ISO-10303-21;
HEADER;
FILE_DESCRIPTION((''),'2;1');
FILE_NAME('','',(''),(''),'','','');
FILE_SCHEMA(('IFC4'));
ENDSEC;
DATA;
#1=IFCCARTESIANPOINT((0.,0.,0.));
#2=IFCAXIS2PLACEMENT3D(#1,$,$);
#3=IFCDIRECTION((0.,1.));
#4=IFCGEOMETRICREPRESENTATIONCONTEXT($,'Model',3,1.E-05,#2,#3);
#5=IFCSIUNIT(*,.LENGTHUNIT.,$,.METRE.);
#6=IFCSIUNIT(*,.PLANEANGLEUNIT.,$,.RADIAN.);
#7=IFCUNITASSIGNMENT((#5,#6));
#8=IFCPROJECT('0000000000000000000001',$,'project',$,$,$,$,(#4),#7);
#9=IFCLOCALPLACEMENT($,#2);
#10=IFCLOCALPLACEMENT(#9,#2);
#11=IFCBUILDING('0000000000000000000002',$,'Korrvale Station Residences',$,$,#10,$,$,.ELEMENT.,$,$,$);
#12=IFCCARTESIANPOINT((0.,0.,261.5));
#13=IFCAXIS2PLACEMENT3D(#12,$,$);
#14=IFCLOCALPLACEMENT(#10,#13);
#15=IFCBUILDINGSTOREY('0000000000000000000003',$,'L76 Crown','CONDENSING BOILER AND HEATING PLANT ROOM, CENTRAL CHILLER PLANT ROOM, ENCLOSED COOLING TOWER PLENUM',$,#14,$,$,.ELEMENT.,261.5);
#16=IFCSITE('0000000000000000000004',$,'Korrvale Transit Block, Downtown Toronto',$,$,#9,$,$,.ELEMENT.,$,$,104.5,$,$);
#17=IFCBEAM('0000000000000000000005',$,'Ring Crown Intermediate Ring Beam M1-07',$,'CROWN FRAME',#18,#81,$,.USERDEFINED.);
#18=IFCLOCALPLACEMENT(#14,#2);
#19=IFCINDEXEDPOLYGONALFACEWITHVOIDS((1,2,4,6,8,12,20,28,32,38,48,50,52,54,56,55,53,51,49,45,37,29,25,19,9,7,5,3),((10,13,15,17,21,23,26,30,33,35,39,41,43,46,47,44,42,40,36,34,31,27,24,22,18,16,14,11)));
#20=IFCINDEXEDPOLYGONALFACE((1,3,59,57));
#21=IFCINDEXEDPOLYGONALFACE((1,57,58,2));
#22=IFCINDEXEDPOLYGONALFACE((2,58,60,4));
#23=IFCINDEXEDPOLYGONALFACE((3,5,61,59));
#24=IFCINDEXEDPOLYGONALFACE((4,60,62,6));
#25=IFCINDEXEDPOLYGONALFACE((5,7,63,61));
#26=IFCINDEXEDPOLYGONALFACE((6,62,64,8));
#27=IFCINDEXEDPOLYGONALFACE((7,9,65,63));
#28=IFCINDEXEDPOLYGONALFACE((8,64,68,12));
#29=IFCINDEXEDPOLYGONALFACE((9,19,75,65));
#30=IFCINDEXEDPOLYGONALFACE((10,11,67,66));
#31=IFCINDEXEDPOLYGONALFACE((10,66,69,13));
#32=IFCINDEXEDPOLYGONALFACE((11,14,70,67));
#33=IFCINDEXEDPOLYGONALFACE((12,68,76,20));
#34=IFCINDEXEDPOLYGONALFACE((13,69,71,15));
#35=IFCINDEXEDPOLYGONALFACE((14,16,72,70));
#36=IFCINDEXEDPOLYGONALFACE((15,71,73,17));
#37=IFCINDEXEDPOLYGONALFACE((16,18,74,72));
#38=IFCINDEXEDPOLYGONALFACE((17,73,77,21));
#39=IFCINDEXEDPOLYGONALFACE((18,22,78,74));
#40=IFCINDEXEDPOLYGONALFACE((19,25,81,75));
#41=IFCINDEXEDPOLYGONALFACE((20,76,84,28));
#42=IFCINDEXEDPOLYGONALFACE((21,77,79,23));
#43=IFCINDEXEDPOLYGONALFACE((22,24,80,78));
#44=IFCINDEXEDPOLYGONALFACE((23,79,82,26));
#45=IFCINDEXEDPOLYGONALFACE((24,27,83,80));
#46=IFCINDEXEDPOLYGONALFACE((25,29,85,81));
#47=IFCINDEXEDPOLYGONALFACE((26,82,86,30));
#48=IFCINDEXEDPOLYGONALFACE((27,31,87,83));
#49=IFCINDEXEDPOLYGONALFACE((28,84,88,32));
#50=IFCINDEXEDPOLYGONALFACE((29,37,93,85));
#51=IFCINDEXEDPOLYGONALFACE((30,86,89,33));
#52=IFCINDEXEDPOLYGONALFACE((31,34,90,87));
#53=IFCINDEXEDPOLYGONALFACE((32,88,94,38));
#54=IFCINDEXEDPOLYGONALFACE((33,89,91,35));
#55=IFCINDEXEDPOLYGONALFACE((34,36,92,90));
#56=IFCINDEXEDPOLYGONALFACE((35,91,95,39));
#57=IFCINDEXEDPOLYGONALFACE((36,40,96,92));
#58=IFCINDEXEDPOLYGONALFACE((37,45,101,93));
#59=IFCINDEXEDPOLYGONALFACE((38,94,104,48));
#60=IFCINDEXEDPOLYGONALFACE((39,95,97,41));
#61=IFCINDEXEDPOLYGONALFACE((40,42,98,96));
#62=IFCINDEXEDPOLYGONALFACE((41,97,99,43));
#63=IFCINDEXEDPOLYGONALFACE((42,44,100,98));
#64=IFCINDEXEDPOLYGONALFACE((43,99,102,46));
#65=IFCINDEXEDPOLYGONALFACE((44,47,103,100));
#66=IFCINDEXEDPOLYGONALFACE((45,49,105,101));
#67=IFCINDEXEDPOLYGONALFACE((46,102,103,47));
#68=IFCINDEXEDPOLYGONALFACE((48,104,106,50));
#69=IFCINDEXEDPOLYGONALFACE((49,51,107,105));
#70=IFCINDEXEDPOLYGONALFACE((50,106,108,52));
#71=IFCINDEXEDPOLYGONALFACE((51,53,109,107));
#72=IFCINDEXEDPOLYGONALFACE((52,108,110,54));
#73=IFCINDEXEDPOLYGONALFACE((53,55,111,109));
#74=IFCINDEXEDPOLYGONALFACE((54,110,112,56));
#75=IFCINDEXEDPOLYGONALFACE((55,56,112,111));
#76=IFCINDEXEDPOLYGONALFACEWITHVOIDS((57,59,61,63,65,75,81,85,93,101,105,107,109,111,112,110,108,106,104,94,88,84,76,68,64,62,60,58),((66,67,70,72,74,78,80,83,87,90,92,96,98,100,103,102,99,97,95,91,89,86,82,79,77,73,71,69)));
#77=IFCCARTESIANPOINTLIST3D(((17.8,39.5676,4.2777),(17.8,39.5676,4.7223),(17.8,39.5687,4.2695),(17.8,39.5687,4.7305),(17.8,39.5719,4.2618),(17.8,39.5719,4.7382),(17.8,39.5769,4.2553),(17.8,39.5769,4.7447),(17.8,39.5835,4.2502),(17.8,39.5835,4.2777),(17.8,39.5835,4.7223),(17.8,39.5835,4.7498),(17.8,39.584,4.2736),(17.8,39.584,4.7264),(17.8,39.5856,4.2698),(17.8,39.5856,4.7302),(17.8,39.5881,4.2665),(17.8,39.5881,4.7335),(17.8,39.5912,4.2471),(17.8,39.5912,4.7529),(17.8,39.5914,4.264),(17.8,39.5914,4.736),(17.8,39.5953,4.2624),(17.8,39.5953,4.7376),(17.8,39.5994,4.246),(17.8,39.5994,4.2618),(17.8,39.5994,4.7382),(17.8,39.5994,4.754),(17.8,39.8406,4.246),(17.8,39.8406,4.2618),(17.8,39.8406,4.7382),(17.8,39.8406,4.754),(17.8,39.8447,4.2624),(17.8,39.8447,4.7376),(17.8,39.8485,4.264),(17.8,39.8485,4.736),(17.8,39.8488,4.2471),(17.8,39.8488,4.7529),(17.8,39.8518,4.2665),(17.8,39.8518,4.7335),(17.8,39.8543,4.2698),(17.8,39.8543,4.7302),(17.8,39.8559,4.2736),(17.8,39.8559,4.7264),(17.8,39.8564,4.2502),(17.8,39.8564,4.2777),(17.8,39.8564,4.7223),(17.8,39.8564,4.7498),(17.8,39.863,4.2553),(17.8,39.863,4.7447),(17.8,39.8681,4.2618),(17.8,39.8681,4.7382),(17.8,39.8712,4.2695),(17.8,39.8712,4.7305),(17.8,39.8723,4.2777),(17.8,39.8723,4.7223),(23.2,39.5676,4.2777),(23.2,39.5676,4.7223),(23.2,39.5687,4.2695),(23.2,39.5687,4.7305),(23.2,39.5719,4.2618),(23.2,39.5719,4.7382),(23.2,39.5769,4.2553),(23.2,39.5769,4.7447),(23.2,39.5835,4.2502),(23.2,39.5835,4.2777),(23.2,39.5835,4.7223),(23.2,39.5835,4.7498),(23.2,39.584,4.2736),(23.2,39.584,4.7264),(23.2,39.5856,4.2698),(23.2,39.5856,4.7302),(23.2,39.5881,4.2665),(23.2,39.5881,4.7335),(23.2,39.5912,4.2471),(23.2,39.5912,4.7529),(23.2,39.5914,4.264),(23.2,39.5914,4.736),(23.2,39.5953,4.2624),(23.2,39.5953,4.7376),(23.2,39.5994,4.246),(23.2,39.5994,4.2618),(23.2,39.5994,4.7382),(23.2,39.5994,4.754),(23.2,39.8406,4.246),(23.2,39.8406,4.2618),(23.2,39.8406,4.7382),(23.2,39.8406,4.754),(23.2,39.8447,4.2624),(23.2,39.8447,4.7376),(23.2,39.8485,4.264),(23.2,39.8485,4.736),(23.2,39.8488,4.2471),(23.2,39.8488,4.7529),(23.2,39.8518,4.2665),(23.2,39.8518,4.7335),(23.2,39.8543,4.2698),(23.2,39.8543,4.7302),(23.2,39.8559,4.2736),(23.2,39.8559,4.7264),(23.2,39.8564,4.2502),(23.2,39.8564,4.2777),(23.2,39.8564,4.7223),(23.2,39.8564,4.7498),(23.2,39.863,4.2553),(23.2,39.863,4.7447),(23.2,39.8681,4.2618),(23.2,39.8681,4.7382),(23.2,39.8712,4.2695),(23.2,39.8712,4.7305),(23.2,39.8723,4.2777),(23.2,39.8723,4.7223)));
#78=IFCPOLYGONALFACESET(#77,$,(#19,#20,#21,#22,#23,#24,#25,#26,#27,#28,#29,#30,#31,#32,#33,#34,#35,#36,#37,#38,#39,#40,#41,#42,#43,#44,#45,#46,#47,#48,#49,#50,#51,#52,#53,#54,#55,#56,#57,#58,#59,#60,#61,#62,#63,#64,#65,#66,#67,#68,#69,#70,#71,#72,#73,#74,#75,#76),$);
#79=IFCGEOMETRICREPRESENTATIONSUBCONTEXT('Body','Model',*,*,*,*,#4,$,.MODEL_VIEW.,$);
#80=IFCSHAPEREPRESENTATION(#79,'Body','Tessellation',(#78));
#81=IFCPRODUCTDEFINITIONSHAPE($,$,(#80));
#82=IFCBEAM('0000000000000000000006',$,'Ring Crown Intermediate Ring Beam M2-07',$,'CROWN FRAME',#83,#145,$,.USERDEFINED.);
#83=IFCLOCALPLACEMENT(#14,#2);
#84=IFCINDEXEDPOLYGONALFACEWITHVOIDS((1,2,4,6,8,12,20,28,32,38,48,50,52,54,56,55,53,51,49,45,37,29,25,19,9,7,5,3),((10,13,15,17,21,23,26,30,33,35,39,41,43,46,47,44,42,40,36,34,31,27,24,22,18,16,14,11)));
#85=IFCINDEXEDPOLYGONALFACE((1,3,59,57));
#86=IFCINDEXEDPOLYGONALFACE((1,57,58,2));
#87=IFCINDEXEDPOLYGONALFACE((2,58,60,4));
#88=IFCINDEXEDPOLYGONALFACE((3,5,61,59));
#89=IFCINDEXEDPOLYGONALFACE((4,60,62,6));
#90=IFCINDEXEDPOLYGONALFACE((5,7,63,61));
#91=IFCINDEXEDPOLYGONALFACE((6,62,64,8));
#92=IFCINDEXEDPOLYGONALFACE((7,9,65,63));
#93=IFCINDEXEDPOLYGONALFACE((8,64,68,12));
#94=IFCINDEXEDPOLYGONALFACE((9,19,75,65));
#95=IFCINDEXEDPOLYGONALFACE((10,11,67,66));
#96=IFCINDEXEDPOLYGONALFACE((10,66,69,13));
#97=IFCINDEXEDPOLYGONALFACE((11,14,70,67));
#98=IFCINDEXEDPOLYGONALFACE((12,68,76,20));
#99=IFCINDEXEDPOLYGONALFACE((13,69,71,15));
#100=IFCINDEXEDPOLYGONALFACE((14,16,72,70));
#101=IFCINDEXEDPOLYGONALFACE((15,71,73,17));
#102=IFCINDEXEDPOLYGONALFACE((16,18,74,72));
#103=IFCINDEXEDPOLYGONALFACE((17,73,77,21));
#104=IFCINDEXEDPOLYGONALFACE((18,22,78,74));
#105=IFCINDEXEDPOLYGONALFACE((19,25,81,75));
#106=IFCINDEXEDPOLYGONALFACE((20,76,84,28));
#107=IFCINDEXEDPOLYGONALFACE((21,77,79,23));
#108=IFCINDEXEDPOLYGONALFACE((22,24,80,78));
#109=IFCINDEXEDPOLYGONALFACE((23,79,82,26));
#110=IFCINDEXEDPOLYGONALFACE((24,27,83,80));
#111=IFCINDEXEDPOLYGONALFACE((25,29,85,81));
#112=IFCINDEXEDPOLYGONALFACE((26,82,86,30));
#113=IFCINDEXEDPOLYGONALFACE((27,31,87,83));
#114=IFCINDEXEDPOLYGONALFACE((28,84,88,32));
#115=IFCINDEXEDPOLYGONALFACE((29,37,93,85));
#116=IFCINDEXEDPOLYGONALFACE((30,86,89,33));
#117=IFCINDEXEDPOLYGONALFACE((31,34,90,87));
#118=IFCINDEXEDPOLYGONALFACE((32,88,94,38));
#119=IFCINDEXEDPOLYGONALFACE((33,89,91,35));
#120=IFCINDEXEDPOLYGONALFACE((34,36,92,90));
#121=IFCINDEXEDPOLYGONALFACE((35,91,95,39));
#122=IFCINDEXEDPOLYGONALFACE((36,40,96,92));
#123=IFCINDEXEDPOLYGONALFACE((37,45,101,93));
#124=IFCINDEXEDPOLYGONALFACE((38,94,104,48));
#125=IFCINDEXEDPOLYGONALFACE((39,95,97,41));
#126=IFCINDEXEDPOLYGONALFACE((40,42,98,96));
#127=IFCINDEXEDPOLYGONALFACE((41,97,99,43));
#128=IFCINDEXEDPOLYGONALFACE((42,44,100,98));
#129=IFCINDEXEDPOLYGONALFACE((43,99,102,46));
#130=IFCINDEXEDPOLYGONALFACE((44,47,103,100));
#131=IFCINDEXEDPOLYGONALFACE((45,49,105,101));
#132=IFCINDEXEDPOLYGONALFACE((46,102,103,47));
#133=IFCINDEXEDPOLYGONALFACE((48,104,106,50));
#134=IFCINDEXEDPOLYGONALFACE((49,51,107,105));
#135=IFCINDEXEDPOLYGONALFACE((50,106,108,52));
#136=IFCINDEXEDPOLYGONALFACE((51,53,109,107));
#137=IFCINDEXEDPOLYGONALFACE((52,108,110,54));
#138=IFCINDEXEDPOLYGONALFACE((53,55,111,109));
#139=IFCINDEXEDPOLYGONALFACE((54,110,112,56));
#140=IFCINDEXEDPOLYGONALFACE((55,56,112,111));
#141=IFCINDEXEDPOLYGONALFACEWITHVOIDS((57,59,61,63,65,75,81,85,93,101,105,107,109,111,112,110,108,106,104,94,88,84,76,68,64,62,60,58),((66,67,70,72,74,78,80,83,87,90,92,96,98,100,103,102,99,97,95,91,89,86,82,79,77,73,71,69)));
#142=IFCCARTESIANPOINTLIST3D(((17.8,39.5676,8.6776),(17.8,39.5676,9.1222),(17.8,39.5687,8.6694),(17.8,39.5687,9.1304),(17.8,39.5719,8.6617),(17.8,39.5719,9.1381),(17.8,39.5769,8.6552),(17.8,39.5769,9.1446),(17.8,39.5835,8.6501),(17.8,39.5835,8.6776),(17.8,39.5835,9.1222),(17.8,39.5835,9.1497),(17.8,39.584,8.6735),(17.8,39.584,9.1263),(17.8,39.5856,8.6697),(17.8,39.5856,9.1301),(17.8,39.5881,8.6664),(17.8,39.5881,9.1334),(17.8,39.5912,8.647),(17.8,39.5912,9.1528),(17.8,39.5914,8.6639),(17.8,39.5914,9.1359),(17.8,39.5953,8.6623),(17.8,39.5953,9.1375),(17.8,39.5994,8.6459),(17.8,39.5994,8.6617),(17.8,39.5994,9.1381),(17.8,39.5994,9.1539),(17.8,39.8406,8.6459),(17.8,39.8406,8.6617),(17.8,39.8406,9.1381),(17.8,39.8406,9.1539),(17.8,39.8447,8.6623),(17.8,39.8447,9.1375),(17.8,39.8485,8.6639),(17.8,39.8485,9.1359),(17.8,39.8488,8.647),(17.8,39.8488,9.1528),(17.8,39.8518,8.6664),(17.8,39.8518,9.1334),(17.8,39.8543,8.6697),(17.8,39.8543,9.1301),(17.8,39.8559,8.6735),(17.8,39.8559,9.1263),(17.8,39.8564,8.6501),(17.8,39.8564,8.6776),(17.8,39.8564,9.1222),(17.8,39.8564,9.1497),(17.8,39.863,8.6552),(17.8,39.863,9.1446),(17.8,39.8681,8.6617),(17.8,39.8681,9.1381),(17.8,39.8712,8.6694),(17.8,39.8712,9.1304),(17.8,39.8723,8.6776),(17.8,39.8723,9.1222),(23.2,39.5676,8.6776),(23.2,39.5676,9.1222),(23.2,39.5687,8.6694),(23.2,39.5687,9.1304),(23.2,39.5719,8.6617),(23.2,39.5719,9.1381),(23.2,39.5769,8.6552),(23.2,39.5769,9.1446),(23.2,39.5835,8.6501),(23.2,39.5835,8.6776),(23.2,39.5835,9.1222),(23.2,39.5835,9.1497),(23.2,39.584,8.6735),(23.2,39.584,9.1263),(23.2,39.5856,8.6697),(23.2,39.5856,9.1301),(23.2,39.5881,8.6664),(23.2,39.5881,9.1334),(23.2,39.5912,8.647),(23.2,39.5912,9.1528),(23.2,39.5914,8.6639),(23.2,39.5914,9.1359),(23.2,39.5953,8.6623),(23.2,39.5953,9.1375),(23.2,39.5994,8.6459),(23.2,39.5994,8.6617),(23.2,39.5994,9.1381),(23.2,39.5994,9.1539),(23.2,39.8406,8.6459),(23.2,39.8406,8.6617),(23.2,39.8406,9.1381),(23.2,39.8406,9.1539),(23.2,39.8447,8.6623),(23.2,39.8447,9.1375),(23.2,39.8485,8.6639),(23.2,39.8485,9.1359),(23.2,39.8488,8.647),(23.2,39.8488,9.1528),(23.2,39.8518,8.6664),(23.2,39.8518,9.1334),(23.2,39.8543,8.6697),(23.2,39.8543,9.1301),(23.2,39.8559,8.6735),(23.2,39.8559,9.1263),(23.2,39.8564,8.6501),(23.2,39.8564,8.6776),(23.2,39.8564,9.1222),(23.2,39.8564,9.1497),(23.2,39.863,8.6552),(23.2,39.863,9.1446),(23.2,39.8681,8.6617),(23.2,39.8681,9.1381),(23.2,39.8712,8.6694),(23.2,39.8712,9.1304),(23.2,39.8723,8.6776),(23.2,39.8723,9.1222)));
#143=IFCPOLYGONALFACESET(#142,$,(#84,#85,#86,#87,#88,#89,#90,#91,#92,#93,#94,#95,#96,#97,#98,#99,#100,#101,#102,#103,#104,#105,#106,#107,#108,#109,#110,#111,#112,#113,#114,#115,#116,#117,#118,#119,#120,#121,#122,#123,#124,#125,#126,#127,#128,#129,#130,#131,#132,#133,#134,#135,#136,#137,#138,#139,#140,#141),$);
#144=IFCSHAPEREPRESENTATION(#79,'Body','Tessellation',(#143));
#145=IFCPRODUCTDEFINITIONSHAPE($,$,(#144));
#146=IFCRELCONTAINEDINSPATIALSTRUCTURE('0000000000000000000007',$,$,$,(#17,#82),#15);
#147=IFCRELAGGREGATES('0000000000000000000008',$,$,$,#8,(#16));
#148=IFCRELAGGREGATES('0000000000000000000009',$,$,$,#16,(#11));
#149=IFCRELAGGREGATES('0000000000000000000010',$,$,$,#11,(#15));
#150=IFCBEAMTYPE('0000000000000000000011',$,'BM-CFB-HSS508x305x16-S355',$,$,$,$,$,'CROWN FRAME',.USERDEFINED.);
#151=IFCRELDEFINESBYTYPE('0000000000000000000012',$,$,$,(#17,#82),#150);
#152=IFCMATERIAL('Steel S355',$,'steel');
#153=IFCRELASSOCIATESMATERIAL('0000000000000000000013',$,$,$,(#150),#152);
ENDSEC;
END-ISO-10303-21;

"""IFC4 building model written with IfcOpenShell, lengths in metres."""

from ifc_helpers import new_model, si_unit, direction, frame, origin, origin_2d, place, context, subcontext, project, spatial, hollow_rectangle, extrude, material, material_profile, profile_set, type_object, element, save


model = new_model("IFC4")

# Units and contexts
model_context = context("Model", 3, precision=1e-05, world=origin(), true_north=direction((0.0, 1.0)))
body_context = subcontext(model_context, "Body", "Model", "MODEL_VIEW")
ifc_project = project(units=[si_unit("LENGTHUNIT", "METRE"), si_unit("PLANEANGLEUNIT", "RADIAN")], contexts=[model_context])

# Site, building, storey
site_placement = place(None, origin())
site = spatial("IfcSite", under=ifc_project, at=site_placement, Name="Korrvale Transit Block, Downtown Toronto", CompositionType="ELEMENT", RefElevation=104.5)
building_placement = place(site_placement, origin())
building = spatial("IfcBuilding", under=site, at=building_placement, Name="Korrvale Station Residences", CompositionType="ELEMENT")
storey_placement = place(building_placement, frame((0.0, 0.0, 261.5)))
storey = spatial("IfcBuildingStorey", under=building, at=storey_placement, Name="L76 Crown", Description="CONDENSING BOILER AND HEATING PLANT ROOM, CENTRAL CHILLER PLANT ROOM, ENCLOSED COOLING TOWER PLENUM", CompositionType="ELEMENT", Elevation=261.5)

# Beams
ifc_material_1 = material(Name="Steel S355", Category="steel")
ifc_material_profile_1 = material_profile(ifc_material_1, hollow_rectangle(XDim=0.3047, YDim=0.5081, WallThickness=0.0159, InnerFilletRadius=0.0159, OuterFilletRadius=0.0317, at=origin_2d()), Name="HSS508x305x16")
ifc_profile_set_1 = profile_set([ifc_material_profile_1], Name="Steel S355")
beam_type = type_object("IfcBeamType", Name="BM-CFB-HSS508x305x16-S355", ElementType="CROWN FRAME", PredefinedType="USERDEFINED", material=ifc_profile_set_1)
for number, where, z_axis, x_axis, name in (
    (1, (17.8, 39.72, 4.5), (1.0, 0.0, 0.0), (0.0, 1.0, 0.0), "Ring Crown Intermediate Ring Beam M1-07"),
    (2, (17.8, 39.72, 8.8999), (1.0, 0.0, 0.0), (0.0, 1.0, 0.0), "Ring Crown Intermediate Ring Beam M2-07"),
):
    element("IfcBeam", number, at=place(storey_placement, frame(where, z_axis=z_axis, x_axis=x_axis)), inside=storey, type_object=beam_type, Name=name, ObjectType="CROWN FRAME", PredefinedType="USERDEFINED", context=body_context, shape_type="SweptSolid", body=[
        extrude(hollow_rectangle(XDim=0.3047, YDim=0.5081, WallThickness=0.0159, InnerFilletRadius=0.0159, OuterFilletRadius=0.0317, at=origin_2d()), origin(), (0.0, 0.0, 1.0), 5.3999),
    ])

save(model, "model.ifc")
